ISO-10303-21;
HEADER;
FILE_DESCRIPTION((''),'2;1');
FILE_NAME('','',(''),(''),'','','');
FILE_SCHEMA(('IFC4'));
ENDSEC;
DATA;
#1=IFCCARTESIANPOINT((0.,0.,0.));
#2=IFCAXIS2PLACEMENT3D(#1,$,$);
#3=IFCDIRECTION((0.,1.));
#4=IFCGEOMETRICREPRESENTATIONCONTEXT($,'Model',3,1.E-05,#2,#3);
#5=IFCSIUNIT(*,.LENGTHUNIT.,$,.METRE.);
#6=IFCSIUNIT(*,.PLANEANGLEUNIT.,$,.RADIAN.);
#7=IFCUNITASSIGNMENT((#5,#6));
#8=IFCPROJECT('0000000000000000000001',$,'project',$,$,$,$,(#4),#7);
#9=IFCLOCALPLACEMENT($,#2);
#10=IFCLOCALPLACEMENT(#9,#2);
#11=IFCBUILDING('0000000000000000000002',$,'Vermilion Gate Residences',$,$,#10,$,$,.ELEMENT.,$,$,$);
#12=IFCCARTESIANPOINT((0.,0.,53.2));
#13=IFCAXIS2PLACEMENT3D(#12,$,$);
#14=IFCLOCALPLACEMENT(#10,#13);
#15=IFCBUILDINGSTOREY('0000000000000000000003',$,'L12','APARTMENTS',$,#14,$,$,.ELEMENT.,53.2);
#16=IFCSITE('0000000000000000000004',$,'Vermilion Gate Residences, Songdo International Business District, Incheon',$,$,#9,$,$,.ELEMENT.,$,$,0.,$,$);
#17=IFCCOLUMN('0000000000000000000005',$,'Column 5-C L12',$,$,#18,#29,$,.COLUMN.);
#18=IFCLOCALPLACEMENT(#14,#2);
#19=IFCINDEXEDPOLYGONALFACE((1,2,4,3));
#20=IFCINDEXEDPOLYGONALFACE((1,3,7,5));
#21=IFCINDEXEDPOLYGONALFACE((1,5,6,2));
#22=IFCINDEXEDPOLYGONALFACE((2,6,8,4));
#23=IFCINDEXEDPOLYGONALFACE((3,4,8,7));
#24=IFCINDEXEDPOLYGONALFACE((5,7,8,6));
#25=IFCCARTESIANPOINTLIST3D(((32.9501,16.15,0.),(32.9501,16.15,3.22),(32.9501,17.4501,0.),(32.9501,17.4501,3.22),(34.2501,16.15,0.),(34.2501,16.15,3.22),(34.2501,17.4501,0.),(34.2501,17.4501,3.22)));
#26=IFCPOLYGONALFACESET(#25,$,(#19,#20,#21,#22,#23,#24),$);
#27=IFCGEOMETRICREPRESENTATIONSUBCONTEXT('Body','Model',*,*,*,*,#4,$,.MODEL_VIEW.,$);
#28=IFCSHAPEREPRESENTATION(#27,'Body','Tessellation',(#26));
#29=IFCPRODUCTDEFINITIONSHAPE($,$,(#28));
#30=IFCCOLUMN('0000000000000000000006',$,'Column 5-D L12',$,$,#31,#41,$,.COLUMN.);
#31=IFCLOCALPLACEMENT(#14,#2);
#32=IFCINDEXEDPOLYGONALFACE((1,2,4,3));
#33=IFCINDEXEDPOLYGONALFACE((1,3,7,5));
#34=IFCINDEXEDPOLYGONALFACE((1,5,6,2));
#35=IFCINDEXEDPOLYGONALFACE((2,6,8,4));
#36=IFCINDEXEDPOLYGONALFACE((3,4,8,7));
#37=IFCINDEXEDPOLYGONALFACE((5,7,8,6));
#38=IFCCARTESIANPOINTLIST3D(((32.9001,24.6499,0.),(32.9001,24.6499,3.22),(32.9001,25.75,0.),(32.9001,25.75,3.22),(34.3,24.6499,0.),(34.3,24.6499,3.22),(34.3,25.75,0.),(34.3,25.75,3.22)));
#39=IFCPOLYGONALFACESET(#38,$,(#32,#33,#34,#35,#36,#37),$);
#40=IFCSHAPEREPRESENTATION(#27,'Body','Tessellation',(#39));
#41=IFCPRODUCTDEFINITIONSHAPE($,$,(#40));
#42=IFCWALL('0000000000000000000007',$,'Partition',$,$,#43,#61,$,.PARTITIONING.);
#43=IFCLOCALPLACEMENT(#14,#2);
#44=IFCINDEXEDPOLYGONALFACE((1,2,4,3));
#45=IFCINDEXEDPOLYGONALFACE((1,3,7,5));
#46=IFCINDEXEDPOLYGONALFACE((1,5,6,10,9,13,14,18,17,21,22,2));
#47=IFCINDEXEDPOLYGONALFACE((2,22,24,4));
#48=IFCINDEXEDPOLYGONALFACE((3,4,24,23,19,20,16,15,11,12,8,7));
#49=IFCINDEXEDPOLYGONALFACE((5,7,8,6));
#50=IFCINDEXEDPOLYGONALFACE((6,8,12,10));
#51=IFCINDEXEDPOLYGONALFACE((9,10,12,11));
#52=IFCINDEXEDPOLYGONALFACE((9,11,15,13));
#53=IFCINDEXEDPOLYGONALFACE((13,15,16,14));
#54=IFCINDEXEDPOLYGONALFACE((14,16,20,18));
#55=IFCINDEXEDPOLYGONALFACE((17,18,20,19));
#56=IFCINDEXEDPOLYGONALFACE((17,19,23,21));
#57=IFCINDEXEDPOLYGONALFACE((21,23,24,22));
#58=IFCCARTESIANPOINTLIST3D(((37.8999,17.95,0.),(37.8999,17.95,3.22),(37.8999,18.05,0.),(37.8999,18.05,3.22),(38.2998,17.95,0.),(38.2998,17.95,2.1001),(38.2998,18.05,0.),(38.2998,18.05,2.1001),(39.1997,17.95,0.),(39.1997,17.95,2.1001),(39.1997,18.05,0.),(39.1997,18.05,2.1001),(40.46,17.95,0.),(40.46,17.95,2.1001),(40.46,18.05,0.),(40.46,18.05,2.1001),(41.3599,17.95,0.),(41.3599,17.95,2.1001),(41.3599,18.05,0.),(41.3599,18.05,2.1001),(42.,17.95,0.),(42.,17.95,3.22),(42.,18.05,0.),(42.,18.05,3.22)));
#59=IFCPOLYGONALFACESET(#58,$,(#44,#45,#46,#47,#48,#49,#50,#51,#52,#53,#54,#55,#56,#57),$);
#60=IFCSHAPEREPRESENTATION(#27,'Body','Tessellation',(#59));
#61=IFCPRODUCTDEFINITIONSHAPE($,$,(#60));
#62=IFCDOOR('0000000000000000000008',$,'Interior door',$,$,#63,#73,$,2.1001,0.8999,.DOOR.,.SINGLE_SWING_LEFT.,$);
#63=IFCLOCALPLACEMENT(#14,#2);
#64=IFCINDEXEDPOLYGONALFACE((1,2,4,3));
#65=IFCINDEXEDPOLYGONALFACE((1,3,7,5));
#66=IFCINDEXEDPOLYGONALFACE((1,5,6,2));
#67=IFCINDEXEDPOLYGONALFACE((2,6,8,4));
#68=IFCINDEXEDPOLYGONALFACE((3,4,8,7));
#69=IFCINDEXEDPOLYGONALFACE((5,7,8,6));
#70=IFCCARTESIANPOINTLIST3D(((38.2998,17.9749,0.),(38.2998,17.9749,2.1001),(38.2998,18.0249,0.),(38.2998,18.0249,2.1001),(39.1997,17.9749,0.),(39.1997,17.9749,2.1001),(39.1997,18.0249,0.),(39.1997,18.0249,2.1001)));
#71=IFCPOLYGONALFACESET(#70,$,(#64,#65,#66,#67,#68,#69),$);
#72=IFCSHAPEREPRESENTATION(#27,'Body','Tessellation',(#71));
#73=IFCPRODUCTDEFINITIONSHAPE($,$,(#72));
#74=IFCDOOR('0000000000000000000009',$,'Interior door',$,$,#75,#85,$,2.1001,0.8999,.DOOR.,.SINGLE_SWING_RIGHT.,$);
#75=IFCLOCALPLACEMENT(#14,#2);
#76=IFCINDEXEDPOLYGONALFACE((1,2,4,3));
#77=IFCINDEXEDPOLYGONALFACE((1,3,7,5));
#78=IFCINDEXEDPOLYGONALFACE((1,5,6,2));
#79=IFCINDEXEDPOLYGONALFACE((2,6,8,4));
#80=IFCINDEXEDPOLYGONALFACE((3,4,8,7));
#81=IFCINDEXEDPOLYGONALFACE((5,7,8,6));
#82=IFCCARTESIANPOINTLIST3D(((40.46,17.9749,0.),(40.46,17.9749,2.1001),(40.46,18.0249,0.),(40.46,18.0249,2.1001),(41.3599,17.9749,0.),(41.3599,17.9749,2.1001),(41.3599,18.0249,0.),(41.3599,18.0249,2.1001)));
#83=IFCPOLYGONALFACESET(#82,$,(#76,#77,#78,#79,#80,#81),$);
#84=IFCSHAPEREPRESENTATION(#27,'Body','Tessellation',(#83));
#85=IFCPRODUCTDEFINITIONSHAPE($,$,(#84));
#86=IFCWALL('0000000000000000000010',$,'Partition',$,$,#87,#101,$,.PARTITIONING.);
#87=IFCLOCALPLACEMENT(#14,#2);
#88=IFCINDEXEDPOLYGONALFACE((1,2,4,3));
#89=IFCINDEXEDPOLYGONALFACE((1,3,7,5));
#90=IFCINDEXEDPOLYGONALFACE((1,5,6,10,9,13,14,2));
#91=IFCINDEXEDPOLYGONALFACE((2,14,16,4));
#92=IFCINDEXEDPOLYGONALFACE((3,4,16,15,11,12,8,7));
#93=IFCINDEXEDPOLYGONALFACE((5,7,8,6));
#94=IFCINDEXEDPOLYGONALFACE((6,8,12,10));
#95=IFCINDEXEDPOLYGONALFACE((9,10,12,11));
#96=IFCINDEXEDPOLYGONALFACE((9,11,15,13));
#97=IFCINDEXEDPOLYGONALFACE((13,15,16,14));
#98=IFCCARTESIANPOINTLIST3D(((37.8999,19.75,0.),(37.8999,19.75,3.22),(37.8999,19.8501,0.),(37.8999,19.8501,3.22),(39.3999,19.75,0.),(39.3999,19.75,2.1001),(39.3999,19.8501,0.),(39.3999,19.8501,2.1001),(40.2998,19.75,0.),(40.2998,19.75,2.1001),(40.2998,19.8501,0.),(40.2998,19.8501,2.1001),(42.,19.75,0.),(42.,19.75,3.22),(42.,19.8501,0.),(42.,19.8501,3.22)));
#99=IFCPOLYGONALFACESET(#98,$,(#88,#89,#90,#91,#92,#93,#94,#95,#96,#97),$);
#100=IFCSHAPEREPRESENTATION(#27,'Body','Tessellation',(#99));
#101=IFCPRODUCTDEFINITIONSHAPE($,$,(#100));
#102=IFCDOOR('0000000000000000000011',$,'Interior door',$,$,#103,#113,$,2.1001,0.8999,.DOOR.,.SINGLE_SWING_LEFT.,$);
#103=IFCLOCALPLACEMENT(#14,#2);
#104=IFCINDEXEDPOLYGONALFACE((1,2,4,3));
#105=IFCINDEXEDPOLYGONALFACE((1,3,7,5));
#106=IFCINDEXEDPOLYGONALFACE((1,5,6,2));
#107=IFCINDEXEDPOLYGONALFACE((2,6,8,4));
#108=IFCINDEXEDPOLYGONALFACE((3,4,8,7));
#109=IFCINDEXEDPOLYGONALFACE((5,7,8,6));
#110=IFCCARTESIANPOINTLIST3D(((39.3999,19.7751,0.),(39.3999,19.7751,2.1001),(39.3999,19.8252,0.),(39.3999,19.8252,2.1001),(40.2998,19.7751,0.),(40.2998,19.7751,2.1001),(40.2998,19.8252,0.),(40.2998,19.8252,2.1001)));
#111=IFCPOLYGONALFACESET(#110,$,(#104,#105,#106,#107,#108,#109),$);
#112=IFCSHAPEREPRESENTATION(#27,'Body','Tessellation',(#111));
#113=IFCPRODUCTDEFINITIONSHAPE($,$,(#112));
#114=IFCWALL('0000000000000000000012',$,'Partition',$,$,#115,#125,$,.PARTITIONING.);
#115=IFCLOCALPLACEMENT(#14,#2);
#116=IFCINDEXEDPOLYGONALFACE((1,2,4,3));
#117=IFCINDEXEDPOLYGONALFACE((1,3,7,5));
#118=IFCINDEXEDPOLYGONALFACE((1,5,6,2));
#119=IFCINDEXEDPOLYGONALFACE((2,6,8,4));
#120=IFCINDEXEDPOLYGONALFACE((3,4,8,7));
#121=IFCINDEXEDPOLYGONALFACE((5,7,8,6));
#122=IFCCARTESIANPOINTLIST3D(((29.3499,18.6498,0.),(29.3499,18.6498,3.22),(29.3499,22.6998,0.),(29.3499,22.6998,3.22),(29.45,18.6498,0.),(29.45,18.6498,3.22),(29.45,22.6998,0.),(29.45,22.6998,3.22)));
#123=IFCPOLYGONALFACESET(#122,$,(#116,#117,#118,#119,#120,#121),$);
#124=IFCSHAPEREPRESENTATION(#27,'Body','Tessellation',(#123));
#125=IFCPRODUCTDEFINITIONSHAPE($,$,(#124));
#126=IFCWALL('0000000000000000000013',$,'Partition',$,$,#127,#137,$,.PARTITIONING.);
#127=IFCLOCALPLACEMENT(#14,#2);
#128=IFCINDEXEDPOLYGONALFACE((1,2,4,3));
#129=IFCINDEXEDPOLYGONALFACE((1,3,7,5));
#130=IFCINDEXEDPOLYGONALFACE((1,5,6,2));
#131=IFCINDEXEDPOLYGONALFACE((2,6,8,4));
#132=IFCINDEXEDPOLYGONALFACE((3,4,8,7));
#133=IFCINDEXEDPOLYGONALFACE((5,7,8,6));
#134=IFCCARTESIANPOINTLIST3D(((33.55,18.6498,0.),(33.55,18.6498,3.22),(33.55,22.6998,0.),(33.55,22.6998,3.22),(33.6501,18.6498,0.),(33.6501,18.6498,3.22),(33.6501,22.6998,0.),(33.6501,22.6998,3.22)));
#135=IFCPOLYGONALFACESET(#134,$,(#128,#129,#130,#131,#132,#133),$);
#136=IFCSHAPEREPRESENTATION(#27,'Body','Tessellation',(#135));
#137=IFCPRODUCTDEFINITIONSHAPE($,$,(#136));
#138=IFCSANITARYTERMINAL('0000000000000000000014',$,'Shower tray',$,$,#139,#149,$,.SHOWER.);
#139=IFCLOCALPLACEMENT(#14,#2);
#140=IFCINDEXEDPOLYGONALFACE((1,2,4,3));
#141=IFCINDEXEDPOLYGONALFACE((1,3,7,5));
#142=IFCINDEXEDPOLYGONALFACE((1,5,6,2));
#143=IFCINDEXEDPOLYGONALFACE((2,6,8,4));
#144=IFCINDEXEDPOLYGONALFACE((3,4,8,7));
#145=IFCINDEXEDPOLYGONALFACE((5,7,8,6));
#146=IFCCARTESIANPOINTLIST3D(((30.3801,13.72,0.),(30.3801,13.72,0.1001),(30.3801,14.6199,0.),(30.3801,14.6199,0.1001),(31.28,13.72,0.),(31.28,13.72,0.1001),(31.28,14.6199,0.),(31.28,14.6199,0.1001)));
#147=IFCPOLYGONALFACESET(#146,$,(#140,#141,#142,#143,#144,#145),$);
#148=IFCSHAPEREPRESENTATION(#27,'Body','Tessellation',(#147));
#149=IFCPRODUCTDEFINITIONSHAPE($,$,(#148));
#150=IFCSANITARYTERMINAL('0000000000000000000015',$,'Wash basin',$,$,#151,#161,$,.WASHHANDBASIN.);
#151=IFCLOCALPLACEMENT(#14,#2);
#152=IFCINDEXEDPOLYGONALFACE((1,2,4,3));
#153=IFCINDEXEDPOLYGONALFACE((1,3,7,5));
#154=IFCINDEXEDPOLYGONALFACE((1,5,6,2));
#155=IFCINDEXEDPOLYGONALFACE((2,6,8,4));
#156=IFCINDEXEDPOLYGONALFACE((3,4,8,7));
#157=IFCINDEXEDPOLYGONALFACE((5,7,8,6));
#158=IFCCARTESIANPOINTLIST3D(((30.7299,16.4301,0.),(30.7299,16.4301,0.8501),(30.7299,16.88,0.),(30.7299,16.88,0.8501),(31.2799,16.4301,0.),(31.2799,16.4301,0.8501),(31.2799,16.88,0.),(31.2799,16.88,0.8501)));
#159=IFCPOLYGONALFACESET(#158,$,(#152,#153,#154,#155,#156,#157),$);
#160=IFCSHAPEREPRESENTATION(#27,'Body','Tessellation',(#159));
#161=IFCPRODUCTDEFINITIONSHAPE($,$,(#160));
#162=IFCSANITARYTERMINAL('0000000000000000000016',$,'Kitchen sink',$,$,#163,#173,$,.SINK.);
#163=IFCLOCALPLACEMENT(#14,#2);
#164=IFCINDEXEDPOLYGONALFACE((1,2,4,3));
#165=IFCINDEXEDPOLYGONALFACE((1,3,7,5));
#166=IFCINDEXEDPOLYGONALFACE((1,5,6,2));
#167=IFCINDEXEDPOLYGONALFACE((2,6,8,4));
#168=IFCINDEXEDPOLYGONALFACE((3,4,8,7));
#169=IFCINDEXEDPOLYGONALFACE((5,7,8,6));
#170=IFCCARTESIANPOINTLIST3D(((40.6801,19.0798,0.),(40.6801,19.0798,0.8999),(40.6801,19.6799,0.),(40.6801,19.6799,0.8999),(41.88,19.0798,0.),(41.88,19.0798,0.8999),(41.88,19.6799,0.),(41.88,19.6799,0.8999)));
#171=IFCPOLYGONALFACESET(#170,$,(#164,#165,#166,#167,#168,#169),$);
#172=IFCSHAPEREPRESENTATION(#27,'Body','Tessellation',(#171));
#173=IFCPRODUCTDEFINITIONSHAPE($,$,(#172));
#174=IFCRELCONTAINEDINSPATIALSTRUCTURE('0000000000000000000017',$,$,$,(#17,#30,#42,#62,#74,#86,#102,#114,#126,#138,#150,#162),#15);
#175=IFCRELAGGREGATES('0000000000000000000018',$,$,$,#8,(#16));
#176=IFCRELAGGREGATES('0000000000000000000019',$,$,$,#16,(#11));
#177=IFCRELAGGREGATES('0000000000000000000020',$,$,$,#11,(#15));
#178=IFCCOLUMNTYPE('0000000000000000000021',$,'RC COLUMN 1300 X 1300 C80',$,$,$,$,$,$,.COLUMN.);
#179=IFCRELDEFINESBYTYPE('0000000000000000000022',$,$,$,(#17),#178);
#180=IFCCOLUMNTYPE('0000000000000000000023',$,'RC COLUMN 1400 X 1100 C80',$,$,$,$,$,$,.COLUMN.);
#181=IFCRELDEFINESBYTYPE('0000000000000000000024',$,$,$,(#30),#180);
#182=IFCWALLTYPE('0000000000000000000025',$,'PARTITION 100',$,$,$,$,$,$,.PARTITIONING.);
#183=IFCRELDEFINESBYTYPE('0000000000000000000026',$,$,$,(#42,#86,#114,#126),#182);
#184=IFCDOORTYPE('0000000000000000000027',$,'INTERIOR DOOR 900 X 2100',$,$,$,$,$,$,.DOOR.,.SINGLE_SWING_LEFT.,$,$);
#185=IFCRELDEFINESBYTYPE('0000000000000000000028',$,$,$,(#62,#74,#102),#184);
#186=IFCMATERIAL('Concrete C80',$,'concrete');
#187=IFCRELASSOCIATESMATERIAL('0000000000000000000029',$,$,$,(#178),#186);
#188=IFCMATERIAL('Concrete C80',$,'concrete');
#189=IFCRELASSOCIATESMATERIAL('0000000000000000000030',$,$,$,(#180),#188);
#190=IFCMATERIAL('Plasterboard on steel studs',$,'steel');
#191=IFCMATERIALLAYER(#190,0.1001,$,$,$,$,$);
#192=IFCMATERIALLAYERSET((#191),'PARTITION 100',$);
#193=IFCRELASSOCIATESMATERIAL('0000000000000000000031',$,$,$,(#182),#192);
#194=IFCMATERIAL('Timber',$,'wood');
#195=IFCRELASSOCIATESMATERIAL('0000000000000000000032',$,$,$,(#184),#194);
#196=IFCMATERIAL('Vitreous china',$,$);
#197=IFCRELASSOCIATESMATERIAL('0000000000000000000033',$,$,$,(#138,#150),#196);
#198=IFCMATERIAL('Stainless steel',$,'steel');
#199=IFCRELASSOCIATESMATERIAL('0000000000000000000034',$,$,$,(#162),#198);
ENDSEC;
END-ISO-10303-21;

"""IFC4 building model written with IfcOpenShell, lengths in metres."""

from ifc_helpers import new_model, si_unit, direction, frame, frame_2d, origin, origin_2d, place, context, subcontext, project, spatial, rectangle, extrude, material, layer, layer_set, material_profile, profile_set, type_object, element, fill, save


model = new_model("IFC4")

# Units and contexts
model_context = context("Model", 3, precision=1e-05, world=origin(), true_north=direction((0.0, 1.0)))
body_context = subcontext(model_context, "Body", "Model", "MODEL_VIEW")
ifc_project = project(units=[si_unit("LENGTHUNIT", "METRE"), si_unit("PLANEANGLEUNIT", "RADIAN")], contexts=[model_context])

# Site, building, storey
site_placement = place(None, origin())
site = spatial("IfcSite", under=ifc_project, at=site_placement, Name="Vermilion Gate Residences, Songdo International Business District, Incheon", CompositionType="ELEMENT", RefElevation=0.0)
building_placement = place(site_placement, origin())
building = spatial("IfcBuilding", under=site, at=building_placement, Name="Vermilion Gate Residences", CompositionType="ELEMENT")
storey_placement = place(building_placement, frame((0.0, 0.0, 53.2)))
storey = spatial("IfcBuildingStorey", under=building, at=storey_placement, Name="L12", Description="APARTMENTS", CompositionType="ELEMENT", Elevation=53.2)

# Columns
ifc_material_1 = material(Name="Concrete C80", Category="concrete")
ifc_material_profile_1 = material_profile(ifc_material_1, rectangle(XDim=1.3, YDim=1.3, at=origin_2d()), Name="RC-1300x1300")
ifc_profile_set_1 = profile_set([ifc_material_profile_1], Name="Concrete C80")
column_type_1 = type_object("IfcColumnType", Name="RC COLUMN 1300 X 1300 C80", PredefinedType="COLUMN", material=ifc_profile_set_1)
column_1_placement = place(storey_placement, frame((33.6001, 16.8, 0.0), z_axis=(0.0, 0.0, 1.0), x_axis=(1.0, 0.0, 0.0)))
element("IfcColumn", 1, at=column_1_placement, inside=storey, type_object=column_type_1, Name="Column 5-C L12", PredefinedType="COLUMN", context=body_context, shape_type="SweptSolid", body=[
    extrude(rectangle(XDim=1.3, YDim=1.3, at=origin_2d()), origin(), (0.0, 0.0, 1.0), 3.22),
])
ifc_material_2 = material(Name="Concrete C80", Category="concrete")
ifc_material_profile_2 = material_profile(ifc_material_2, rectangle(XDim=1.3999, YDim=1.1001, at=origin_2d()), Name="RC-1400x1100")
ifc_profile_set_2 = profile_set([ifc_material_profile_2], Name="Concrete C80")
column_type_2 = type_object("IfcColumnType", Name="RC COLUMN 1400 X 1100 C80", PredefinedType="COLUMN", material=ifc_profile_set_2)
column_2_placement = place(storey_placement, frame((33.6001, 25.2, 0.0), z_axis=(0.0, 0.0, 1.0), x_axis=(1.0, 0.0, 0.0)))
element("IfcColumn", 2, at=column_2_placement, inside=storey, type_object=column_type_2, Name="Column 5-D L12", PredefinedType="COLUMN", context=body_context, shape_type="SweptSolid", body=[
    extrude(rectangle(XDim=1.3999, YDim=1.1001, at=origin_2d()), origin(), (0.0, 0.0, 1.0), 3.22),
])

# Wall, openings, doors
ifc_material_3 = material(Name="Plasterboard on steel studs", Category="steel")
ifc_layer = layer(ifc_material_3, 0.1001)
ifc_layer_set = layer_set([ifc_layer], Name="PARTITION 100")
wall_type = type_object("IfcWallType", Name="PARTITION 100", PredefinedType="PARTITIONING", material=ifc_layer_set)
wall_1_placement = place(storey_placement, frame((37.8999, 18.0, 0.0), z_axis=(0.0, 0.0, 1.0), x_axis=(1.0, 0.0, 0.0)))
wall_1 = element("IfcWall", 3, at=wall_1_placement, inside=storey, type_object=wall_type, Name="Partition", PredefinedType="PARTITIONING", context=body_context, shape_type="SweptSolid", body=[
    extrude(rectangle(XDim=4.1001, YDim=0.1001, at=frame_2d((2.05, 0.0))), origin(), (0.0, 0.0, 1.0), 3.22),
])
opening_1_placement = place(wall_1_placement, frame((0.3999, 0.0, 0.0)))
opening_1 = element("IfcOpeningElement", 4, at=opening_1_placement, cuts=wall_1, PredefinedType="OPENING", context=body_context, shape_type="SweptSolid", body=[
    extrude(rectangle(XDim=0.8999, YDim=2.1001, at=frame_2d((0.45, 1.05))), frame((0.0, 0.0601, 0.0), z_axis=(0.0, -1.0, 0.0), x_axis=(1.0, 0.0, 0.0)), (0.0, 0.0, 1.0), 0.1201),
])
opening_2_placement = place(wall_1_placement, frame((2.5601, 0.0, 0.0)))
opening_2 = element("IfcOpeningElement", 5, at=opening_2_placement, cuts=wall_1, PredefinedType="OPENING", context=body_context, shape_type="SweptSolid", body=[
    extrude(rectangle(XDim=0.8999, YDim=2.1001, at=frame_2d((0.45, 1.05))), frame((0.0, 0.0601, 0.0), z_axis=(0.0, -1.0, 0.0), x_axis=(1.0, 0.0, 0.0)), (0.0, 0.0, 1.0), 0.1201),
])
ifc_material_4 = material(Name="Timber", Category="wood")
door_type = type_object("IfcDoorType", Name="INTERIOR DOOR 900 X 2100", OperationType="SINGLE_SWING_LEFT", PredefinedType="DOOR", material=ifc_material_4)
door_1_placement = place(opening_1_placement, origin())
door_1 = element("IfcDoor", 6, at=door_1_placement, inside=storey, type_object=door_type, Name="Interior door", OperationType="SINGLE_SWING_LEFT", OverallHeight=2.1001, OverallWidth=0.8999, PredefinedType="DOOR", context=body_context, shape_type="SweptSolid", body=[
    extrude(rectangle(XDim=0.8999, YDim=2.1001, at=frame_2d((0.45, 1.05))), frame((0.0, 0.0249, 0.0), z_axis=(0.0, -1.0, 0.0), x_axis=(1.0, 0.0, 0.0)), (0.0, 0.0, 1.0), 0.05),
])
fill(opening_1, door_1)
door_2_placement = place(opening_2_placement, origin())
door_2 = element("IfcDoor", 7, at=door_2_placement, inside=storey, type_object=door_type, Name="Interior door", OperationType="SINGLE_SWING_RIGHT", OverallHeight=2.1001, OverallWidth=0.8999, PredefinedType="DOOR", context=body_context, shape_type="SweptSolid", body=[
    extrude(rectangle(XDim=0.8999, YDim=2.1001, at=frame_2d((0.45, 1.05))), frame((0.0, 0.0249, 0.0), z_axis=(0.0, -1.0, 0.0), x_axis=(1.0, 0.0, 0.0)), (0.0, 0.0, 1.0), 0.05),
])
fill(opening_2, door_2)

# Wall, opening, door
wall_2_placement = place(storey_placement, frame((37.8999, 19.8, 0.0), z_axis=(0.0, 0.0, 1.0), x_axis=(1.0, 0.0, 0.0)))
wall_2 = element("IfcWall", 8, at=wall_2_placement, inside=storey, type_object=wall_type, Name="Partition", PredefinedType="PARTITIONING", context=body_context, shape_type="SweptSolid", body=[
    extrude(rectangle(XDim=4.1001, YDim=0.1001, at=frame_2d((2.05, 0.0))), origin(), (0.0, 0.0, 1.0), 3.22),
])
opening_3_placement = place(wall_2_placement, frame((1.5, 0.0, 0.0)))
opening_3 = element("IfcOpeningElement", 9, at=opening_3_placement, cuts=wall_2, PredefinedType="OPENING", context=body_context, shape_type="SweptSolid", body=[
    extrude(rectangle(XDim=0.8999, YDim=2.1001, at=frame_2d((0.45, 1.05))), frame((0.0, 0.0601, 0.0), z_axis=(0.0, -1.0, 0.0), x_axis=(1.0, 0.0, 0.0)), (0.0, 0.0, 1.0), 0.1201),
])
door_3_placement = place(opening_3_placement, frame((0.8999, 0.0, 0.0), z_axis=(0.0, 0.0, 1.0), x_axis=(-1.0, 0.0, 0.0)))
door_3 = element("IfcDoor", 10, at=door_3_placement, inside=storey, type_object=door_type, Name="Interior door", OperationType="SINGLE_SWING_LEFT", OverallHeight=2.1001, OverallWidth=0.8999, PredefinedType="DOOR", context=body_context, shape_type="SweptSolid", body=[
    extrude(rectangle(XDim=0.8999, YDim=2.1001, at=frame_2d((0.45, 1.05))), frame((0.0, 0.0249, 0.0), z_axis=(0.0, -1.0, 0.0), x_axis=(1.0, 0.0, 0.0)), (0.0, 0.0, 1.0), 0.05),
])
fill(opening_3, door_3)

# Walls
for number, where, z_axis, x_axis, name in (
    (11, (29.3999, 18.6499, 0.0), (0.0, 0.0, 1.0), (0.0, 1.0, 0.0), "Partition"),
    (12, (33.6001, 18.6499, 0.0), (0.0, 0.0, 1.0), (0.0, 1.0, 0.0), "Partition"),
):
    element("IfcWall", number, at=place(storey_placement, frame(where, z_axis=z_axis, x_axis=x_axis)), inside=storey, type_object=wall_type, Name=name, PredefinedType="PARTITIONING", context=body_context, shape_type="SweptSolid", body=[
        extrude(rectangle(XDim=4.05, YDim=0.1001, at=frame_2d((2.0249, 0.0))), origin(), (0.0, 0.0, 1.0), 3.22),
    ])

# Sanitary terminals
ifc_material_5 = material(Name="Vitreous china")
sanitary_terminal_1_placement = place(storey_placement, frame((30.8301, 14.1699, 0.0), z_axis=(0.0, 0.0, 1.0), x_axis=(1.0, 0.0, 0.0)))
element("IfcSanitaryTerminal", 13, at=sanitary_terminal_1_placement, inside=storey, material=ifc_material_5, Name="Shower tray", PredefinedType="SHOWER", context=body_context, shape_type="SweptSolid", body=[
    extrude(rectangle(XDim=0.8999, YDim=0.8999, at=origin_2d()), origin(), (0.0, 0.0, 1.0), 0.1001),
])
sanitary_terminal_2_placement = place(storey_placement, frame((31.0049, 16.655, 0.0), z_axis=(0.0, 0.0, 1.0), x_axis=(1.0, 0.0, 0.0)))
element("IfcSanitaryTerminal", 14, at=sanitary_terminal_2_placement, inside=storey, material=ifc_material_5, Name="Wash basin", PredefinedType="WASHHANDBASIN", context=body_context, shape_type="SweptSolid", body=[
    extrude(rectangle(XDim=0.55, YDim=0.45, at=origin_2d()), origin(), (0.0, 0.0, 1.0), 0.8501),
])
ifc_material_6 = material(Name="Stainless steel", Category="steel")
sanitary_terminal_3_placement = place(storey_placement, frame((41.28, 19.3799, 0.0), z_axis=(0.0, 0.0, 1.0), x_axis=(1.0, 0.0, 0.0)))
element("IfcSanitaryTerminal", 15, at=sanitary_terminal_3_placement, inside=storey, material=ifc_material_6, Name="Kitchen sink", PredefinedType="SINK", context=body_context, shape_type="SweptSolid", body=[
    extrude(rectangle(XDim=1.2, YDim=0.6001, at=origin_2d()), origin(), (0.0, 0.0, 1.0), 0.8999),
])

save(model, "model.ifc")
